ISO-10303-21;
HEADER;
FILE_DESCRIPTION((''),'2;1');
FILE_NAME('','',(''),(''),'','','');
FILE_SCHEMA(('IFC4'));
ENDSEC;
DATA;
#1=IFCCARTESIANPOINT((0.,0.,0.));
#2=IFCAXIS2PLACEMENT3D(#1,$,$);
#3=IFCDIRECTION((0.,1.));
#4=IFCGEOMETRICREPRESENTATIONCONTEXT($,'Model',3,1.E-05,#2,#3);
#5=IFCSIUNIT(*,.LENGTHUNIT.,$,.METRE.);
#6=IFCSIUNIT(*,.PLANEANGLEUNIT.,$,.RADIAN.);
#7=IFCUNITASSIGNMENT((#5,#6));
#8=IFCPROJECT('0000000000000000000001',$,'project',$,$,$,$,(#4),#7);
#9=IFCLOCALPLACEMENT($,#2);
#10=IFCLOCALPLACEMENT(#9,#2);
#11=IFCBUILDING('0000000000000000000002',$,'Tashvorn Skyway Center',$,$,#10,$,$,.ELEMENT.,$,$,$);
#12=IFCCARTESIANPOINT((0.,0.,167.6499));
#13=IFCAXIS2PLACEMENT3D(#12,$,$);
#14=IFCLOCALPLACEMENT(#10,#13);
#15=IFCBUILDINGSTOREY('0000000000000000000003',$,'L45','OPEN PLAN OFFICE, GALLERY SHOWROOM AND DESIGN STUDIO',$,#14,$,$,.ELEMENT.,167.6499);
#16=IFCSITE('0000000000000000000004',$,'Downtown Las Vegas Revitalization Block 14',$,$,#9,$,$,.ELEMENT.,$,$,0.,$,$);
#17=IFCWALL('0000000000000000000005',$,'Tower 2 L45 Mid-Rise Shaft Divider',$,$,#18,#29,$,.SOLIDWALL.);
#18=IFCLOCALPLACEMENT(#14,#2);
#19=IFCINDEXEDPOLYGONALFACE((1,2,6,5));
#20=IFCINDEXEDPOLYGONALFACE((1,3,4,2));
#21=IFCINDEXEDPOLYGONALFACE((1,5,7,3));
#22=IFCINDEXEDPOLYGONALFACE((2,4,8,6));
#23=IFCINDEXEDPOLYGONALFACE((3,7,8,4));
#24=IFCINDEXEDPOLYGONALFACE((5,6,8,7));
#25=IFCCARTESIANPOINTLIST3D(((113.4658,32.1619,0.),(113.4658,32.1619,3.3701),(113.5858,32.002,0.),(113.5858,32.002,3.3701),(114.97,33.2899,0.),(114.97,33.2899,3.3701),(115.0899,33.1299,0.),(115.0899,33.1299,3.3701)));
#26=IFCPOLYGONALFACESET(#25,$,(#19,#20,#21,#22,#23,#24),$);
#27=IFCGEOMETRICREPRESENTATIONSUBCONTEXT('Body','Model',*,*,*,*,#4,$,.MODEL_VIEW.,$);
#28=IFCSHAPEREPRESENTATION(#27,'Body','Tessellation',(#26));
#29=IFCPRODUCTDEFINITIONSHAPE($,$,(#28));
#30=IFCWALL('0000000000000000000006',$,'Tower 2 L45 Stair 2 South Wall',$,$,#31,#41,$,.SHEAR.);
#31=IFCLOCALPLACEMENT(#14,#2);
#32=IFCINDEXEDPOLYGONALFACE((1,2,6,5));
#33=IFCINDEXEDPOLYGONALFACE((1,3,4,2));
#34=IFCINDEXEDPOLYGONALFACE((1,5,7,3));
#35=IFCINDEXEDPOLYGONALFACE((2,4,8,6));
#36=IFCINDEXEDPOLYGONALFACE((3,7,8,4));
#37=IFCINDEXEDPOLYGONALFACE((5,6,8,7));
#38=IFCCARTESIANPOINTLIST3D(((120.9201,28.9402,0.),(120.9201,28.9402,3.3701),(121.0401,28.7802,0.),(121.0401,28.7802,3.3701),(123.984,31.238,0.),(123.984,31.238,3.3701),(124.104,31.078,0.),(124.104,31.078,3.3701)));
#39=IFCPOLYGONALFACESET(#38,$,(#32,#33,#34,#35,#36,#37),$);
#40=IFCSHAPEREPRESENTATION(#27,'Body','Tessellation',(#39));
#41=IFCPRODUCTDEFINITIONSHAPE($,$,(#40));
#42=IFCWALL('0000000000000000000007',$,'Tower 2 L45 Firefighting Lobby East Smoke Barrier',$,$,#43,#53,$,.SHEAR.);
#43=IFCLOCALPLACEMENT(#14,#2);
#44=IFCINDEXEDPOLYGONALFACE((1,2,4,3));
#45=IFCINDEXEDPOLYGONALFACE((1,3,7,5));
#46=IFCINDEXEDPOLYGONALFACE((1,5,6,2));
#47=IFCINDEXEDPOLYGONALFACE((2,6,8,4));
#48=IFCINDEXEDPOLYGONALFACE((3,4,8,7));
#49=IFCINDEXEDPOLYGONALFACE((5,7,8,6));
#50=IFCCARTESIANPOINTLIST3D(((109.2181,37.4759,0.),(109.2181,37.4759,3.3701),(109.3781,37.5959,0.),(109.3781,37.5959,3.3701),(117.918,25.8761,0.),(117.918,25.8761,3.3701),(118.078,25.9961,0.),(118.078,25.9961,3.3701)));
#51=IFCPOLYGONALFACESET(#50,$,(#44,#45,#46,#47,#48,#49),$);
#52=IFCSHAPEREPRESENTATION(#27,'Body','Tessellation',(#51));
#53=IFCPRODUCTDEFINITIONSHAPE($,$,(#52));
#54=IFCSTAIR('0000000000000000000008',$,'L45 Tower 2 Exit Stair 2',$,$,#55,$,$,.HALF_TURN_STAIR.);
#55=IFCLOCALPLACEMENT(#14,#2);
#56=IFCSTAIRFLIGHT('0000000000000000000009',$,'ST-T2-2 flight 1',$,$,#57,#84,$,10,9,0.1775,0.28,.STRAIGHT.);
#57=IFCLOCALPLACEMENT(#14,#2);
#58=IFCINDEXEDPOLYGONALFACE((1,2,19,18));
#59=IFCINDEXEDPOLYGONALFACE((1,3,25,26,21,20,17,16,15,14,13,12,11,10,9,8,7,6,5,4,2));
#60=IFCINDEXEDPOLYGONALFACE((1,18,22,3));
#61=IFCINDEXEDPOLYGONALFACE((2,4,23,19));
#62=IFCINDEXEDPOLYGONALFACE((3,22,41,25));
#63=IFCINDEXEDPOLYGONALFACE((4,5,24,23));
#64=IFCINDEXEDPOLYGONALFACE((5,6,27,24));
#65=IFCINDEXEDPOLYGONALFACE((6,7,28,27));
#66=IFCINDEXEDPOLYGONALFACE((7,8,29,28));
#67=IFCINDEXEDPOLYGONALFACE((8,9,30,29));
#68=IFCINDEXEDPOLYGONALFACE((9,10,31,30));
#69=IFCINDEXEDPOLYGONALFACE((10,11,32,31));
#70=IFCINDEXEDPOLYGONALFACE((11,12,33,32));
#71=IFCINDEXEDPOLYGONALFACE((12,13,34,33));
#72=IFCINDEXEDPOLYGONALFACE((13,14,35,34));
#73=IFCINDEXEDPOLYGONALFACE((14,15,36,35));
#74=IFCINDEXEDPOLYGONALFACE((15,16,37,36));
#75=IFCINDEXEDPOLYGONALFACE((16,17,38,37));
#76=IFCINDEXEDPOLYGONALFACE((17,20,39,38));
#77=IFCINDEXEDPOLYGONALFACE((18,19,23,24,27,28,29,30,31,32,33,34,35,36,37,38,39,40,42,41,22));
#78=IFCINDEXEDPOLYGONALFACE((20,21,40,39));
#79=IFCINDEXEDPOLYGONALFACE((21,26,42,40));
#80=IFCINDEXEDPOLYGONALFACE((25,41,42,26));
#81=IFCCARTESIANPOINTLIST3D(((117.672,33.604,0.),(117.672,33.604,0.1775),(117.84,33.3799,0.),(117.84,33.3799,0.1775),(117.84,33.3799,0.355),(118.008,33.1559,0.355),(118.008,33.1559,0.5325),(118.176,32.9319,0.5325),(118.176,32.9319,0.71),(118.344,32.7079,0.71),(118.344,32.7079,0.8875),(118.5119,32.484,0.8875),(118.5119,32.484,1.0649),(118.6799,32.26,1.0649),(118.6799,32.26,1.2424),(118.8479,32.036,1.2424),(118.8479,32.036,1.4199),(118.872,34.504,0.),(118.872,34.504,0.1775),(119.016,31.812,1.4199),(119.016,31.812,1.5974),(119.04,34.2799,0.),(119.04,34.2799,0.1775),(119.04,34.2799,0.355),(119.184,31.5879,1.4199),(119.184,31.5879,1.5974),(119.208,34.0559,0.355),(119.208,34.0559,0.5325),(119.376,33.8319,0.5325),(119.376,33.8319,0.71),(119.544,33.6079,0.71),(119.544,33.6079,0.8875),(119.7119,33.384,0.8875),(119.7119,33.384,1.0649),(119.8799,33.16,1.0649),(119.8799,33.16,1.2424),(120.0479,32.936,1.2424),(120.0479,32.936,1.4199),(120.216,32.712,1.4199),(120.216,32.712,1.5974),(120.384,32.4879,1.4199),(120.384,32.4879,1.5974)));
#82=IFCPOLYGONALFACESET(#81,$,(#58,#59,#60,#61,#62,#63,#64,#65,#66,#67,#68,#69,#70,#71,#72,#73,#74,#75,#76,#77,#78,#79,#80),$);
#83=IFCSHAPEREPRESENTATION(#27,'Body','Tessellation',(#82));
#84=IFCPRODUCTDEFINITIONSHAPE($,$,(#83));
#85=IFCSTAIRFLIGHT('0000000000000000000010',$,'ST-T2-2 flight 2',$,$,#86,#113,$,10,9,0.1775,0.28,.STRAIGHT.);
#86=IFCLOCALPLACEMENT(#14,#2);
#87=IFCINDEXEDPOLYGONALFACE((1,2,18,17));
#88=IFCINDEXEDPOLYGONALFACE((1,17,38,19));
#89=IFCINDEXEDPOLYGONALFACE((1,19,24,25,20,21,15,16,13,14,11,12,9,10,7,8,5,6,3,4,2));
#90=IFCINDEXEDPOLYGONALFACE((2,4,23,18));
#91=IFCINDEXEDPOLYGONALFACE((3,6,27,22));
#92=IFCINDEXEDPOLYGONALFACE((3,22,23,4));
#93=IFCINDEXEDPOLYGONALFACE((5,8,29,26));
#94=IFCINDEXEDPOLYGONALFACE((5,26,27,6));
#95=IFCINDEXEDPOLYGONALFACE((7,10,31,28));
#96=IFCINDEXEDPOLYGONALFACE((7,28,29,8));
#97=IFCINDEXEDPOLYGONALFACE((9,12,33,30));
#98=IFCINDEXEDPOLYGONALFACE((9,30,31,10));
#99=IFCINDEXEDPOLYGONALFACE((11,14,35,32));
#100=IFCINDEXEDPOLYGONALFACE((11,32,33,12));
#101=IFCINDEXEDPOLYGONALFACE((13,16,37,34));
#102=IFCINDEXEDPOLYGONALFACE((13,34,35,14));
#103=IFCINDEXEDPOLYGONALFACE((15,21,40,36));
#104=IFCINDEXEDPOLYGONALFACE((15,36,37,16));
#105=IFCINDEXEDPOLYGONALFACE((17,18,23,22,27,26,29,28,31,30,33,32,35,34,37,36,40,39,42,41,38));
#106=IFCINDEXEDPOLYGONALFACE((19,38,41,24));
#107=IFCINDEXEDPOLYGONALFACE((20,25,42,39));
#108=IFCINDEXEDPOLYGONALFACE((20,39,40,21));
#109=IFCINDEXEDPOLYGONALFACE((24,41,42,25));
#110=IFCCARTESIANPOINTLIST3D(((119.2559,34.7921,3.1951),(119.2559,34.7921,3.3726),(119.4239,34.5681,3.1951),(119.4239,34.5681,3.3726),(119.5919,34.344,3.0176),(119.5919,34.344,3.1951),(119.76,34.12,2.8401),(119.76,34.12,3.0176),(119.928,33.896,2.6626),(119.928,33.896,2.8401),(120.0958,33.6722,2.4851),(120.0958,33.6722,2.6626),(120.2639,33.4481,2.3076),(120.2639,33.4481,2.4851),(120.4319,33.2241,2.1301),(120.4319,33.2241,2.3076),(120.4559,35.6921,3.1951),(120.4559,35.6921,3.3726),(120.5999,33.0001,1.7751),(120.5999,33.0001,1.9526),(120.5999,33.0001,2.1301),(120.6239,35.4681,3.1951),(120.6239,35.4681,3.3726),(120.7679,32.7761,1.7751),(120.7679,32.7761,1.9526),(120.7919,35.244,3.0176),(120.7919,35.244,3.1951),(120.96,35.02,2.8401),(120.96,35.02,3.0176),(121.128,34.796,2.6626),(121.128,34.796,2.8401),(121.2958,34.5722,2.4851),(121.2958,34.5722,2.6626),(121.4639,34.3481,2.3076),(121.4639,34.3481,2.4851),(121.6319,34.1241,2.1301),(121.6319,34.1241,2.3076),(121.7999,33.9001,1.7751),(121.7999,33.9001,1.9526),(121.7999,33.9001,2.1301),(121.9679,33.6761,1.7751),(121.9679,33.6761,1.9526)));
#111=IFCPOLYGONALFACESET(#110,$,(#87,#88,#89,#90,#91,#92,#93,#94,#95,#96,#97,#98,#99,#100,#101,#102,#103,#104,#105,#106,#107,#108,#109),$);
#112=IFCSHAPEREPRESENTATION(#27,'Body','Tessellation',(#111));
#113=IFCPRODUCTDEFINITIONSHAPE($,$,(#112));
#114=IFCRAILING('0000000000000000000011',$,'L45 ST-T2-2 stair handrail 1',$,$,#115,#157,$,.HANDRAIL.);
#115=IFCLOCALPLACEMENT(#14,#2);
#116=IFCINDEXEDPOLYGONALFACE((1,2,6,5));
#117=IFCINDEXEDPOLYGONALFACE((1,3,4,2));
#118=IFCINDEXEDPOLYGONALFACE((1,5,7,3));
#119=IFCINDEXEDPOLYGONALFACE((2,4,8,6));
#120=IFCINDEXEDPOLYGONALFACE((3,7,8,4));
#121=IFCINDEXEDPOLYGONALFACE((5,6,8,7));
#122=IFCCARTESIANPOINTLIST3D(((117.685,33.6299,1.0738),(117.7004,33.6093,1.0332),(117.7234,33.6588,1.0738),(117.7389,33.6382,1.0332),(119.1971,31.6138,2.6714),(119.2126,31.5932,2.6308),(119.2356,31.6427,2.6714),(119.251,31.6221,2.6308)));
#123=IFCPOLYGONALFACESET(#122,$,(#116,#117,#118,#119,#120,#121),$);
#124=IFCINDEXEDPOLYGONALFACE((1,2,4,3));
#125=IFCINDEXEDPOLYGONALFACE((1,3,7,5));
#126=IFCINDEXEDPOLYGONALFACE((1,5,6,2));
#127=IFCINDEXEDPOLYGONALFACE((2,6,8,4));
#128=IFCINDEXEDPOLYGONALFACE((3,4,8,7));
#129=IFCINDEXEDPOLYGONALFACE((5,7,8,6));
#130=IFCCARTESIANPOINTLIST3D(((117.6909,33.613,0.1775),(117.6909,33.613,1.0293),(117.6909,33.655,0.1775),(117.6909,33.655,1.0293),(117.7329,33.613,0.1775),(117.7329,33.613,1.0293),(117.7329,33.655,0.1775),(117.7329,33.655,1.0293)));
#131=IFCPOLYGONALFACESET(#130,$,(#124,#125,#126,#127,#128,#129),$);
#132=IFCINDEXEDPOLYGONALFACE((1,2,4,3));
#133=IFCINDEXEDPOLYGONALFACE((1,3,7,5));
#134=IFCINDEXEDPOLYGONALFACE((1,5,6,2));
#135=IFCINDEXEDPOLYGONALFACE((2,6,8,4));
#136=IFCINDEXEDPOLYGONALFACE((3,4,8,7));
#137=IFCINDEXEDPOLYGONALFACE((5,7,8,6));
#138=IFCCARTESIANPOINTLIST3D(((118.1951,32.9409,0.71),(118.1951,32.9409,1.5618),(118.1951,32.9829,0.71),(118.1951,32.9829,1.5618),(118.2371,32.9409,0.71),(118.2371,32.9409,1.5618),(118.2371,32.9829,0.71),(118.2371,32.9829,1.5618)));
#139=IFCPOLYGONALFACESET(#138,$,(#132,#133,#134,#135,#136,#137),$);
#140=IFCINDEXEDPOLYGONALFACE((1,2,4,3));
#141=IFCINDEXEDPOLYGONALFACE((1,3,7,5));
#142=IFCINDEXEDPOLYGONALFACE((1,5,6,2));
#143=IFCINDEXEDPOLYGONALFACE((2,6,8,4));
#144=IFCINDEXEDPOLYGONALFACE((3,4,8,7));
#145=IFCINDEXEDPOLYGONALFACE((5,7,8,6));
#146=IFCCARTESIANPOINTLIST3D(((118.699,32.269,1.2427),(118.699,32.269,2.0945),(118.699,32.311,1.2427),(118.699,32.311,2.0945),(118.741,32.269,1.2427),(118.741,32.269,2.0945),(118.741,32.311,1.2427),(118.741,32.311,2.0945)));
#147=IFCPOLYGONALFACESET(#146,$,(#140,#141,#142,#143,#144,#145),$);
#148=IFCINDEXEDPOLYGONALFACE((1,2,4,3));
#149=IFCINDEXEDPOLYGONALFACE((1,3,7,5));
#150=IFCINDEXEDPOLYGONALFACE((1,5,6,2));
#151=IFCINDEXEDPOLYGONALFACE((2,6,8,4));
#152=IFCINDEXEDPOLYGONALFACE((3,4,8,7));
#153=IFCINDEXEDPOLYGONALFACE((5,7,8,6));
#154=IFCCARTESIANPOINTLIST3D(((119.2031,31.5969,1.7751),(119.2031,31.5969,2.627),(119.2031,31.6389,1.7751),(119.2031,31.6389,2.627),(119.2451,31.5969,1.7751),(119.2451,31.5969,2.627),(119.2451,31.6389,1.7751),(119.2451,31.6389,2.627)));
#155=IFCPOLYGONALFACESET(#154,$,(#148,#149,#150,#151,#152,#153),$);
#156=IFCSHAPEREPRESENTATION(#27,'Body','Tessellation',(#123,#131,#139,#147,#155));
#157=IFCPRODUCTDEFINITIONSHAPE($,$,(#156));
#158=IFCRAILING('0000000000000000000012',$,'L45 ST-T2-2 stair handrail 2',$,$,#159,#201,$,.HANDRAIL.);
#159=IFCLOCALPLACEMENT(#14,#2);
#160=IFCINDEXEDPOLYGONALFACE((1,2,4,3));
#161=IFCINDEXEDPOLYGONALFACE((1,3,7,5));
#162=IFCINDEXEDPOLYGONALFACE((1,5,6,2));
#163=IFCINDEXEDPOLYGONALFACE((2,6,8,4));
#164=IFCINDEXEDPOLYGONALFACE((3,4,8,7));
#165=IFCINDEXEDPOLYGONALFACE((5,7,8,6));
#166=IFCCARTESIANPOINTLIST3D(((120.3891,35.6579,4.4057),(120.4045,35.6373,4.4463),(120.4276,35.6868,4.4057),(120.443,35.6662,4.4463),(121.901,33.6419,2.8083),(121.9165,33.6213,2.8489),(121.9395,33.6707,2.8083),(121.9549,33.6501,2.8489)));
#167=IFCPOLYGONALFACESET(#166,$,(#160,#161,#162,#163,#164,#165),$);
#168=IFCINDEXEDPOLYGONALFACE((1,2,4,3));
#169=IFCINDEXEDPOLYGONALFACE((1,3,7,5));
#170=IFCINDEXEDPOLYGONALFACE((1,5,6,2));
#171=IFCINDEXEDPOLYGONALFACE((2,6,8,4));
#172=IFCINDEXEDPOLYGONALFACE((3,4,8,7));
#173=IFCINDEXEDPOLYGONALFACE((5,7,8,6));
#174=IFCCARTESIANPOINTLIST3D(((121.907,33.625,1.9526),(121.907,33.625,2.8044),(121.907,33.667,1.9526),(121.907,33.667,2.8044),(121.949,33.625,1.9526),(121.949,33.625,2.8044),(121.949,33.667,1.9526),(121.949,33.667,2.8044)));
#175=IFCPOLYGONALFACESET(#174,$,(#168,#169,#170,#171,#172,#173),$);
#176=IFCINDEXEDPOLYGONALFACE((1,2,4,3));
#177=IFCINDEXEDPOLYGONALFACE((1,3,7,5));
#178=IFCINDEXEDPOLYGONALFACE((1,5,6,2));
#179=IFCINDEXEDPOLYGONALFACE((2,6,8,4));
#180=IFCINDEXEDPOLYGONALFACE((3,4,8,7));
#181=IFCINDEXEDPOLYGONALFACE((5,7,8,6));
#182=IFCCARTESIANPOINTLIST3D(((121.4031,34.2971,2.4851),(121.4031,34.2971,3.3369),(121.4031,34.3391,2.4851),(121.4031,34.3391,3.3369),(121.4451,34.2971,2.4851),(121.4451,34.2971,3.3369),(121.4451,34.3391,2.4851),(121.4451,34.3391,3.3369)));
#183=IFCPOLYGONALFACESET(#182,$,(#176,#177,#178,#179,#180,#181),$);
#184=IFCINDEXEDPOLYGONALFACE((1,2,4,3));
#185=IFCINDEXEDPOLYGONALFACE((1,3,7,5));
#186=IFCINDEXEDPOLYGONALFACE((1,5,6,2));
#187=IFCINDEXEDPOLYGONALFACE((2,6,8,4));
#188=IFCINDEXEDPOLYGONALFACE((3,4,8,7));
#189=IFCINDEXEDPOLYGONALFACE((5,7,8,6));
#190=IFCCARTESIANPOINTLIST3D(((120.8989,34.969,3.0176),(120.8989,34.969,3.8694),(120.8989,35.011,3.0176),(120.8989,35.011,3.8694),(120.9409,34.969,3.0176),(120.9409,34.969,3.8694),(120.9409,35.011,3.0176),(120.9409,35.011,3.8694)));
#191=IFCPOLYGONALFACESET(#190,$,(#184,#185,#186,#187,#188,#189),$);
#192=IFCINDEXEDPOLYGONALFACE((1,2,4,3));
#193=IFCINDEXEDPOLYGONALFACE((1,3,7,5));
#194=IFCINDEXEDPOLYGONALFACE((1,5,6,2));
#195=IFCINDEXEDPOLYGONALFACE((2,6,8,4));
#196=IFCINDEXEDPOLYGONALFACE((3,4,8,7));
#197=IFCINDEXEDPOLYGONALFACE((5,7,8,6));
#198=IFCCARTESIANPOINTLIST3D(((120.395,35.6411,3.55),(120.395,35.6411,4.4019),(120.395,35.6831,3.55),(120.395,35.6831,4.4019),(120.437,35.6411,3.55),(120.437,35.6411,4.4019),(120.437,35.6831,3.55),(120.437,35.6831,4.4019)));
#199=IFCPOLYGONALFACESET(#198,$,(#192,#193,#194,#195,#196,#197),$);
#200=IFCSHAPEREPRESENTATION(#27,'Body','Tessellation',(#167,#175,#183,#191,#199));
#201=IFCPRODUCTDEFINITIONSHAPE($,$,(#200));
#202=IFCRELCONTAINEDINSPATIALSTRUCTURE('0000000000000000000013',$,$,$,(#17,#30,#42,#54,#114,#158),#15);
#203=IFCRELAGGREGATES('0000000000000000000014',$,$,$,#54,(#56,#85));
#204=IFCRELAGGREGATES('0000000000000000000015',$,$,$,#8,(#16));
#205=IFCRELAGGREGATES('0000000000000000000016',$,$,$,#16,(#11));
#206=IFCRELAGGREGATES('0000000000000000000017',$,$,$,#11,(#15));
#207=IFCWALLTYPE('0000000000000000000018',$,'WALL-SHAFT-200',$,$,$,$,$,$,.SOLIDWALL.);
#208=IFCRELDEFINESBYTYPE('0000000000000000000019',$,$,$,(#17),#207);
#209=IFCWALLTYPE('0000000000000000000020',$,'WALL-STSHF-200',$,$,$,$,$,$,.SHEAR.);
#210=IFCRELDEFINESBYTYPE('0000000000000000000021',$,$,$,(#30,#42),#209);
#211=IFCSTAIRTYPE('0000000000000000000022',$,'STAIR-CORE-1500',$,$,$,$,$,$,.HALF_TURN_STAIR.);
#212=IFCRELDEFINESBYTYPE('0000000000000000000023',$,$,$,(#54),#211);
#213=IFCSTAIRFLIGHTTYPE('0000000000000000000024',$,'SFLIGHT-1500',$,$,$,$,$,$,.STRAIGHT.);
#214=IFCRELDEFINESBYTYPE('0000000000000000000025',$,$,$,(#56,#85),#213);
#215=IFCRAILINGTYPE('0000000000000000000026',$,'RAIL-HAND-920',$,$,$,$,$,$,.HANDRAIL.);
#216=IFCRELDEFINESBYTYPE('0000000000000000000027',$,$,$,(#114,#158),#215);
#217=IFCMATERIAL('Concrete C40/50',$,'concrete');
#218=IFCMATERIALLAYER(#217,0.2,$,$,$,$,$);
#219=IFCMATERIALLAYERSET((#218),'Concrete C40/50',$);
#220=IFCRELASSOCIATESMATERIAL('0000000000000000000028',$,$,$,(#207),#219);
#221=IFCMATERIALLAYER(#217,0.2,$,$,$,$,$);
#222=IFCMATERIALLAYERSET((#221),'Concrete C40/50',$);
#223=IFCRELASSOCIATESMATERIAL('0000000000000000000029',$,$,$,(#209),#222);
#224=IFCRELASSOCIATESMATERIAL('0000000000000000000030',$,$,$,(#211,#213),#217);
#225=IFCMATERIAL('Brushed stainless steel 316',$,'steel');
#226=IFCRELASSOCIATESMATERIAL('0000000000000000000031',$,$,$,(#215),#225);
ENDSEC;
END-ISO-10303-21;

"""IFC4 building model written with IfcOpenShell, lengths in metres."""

from ifc_helpers import new_model, si_unit, direction, frame, frame_2d, origin, origin_2d, place, context, subcontext, project, spatial, polyline, rectangle, outline, extrude, material, layer, layer_set, type_object, element, aggregate, save


model = new_model("IFC4")

# Units and contexts
model_context = context("Model", 3, precision=1e-05, world=origin(), true_north=direction((0.0, 1.0)))
body_context = subcontext(model_context, "Body", "Model", "MODEL_VIEW")
ifc_project = project(units=[si_unit("LENGTHUNIT", "METRE"), si_unit("PLANEANGLEUNIT", "RADIAN")], contexts=[model_context])

# Site, building, storey
site_placement = place(None, origin())
site = spatial("IfcSite", under=ifc_project, at=site_placement, Name="Downtown Las Vegas Revitalization Block 14", CompositionType="ELEMENT", RefElevation=0.0)
building_placement = place(site_placement, origin())
building = spatial("IfcBuilding", under=site, at=building_placement, Name="Tashvorn Skyway Center", CompositionType="ELEMENT")
storey_placement = place(building_placement, frame((0.0, 0.0, 167.6499)))
storey = spatial("IfcBuildingStorey", under=building, at=storey_placement, Name="L45", Description="OPEN PLAN OFFICE, GALLERY SHOWROOM AND DESIGN STUDIO", CompositionType="ELEMENT", Elevation=167.6499)

# Shared definitions
ifc_material_1 = material(Name="Concrete C40/50", Category="concrete")
ifc_layer_1 = layer(ifc_material_1, 0.2)
ifc_layer_set_1 = layer_set([ifc_layer_1], Name="Concrete C40/50")
wall_type_1 = type_object("IfcWallType", Name="WALL-SHAFT-200", PredefinedType="SOLIDWALL", material=ifc_layer_set_1)

# Walls
wall_1_placement = place(storey_placement, frame((113.5259, 32.082, 0.0), z_axis=(0.0, 0.0, 1.0), x_axis=(0.800047, 0.599938, 0.0)))
element("IfcWall", 1, at=wall_1_placement, inside=storey, type_object=wall_type_1, Name="Tower 2 L45 Mid-Rise Shaft Divider", PredefinedType="SOLIDWALL", context=body_context, shape_type="SweptSolid", body=[
    extrude(rectangle(XDim=1.8801, YDim=0.2, at=frame_2d((0.9399, 0.0))), origin(), (0.0, 0.0, 1.0), 3.3701),
])
ifc_layer_2 = layer(ifc_material_1, 0.2)
ifc_layer_set_2 = layer_set([ifc_layer_2], Name="Concrete C40/50")
wall_type_2 = type_object("IfcWallType", Name="WALL-STSHF-200", PredefinedType="SHEAR", material=ifc_layer_set_2)
wall_2_placement = place(storey_placement, frame((120.98, 28.8601, 0.0), z_axis=(0.0, 0.0, 1.0), x_axis=(0.800015, 0.59998, 0.0)))
element("IfcWall", 2, at=wall_2_placement, inside=storey, type_object=wall_type_2, Name="Tower 2 L45 Stair 2 South Wall", PredefinedType="SHEAR", context=body_context, shape_type="SweptSolid", body=[
    extrude(rectangle(XDim=3.8298, YDim=0.2, at=frame_2d((1.915, 0.0))), origin(), (0.0, 0.0, 1.0), 3.3701),
])
wall_3_placement = place(storey_placement, frame((117.998, 25.936, 0.0), z_axis=(0.0, 0.0, 1.0), x_axis=(-0.600003, 0.799998, 0.0)))
element("IfcWall", 3, at=wall_3_placement, inside=storey, type_object=wall_type_2, Name="Tower 2 L45 Firefighting Lobby East Smoke Barrier", PredefinedType="SHEAR", context=body_context, shape_type="SweptSolid", body=[
    extrude(rectangle(XDim=14.4998, YDim=0.2, at=frame_2d((7.25, 0.0))), origin(), (0.0, 0.0, 1.0), 3.3701),
])

# Stair, stair flights
stair_type = type_object("IfcStairType", Name="STAIR-CORE-1500", PredefinedType="HALF_TURN_STAIR", material=ifc_material_1)
stair_placement = place(storey_placement, origin())
stair = element("IfcStair", 4, at=stair_placement, inside=storey, type_object=stair_type, Name="L45 Tower 2 Exit Stair 2", PredefinedType="HALF_TURN_STAIR")
stair_flight_type = type_object("IfcStairFlightType", Name="SFLIGHT-1500", PredefinedType="STRAIGHT", material=ifc_material_1)
stair_flight_1_placement = place(storey_placement, frame((118.272, 34.054, 0.0), z_axis=(0.0, 0.0, 1.0), x_axis=(0.6, -0.8, 0.0)))
stair_flight_1 = element("IfcStairFlight", 5, at=stair_flight_1_placement, type_object=stair_flight_type, Name="ST-T2-2 flight 1", NumberOfRisers=10, NumberOfTreads=9, PredefinedType="STRAIGHT", RiserHeight=0.1775, TreadLength=0.28, context=body_context, shape_type="SweptSolid", body=[
    extrude(outline(polyline([(0.0, 0.0), (0.0, 0.1775), (0.28, 0.1775), (0.28, 0.355), (0.5601, 0.355), (0.5601, 0.5325), (0.8401, 0.5325), (0.8401, 0.71), (1.1201, 0.71), (1.1201, 0.8875), (1.3999, 0.8875), (1.3999, 1.0649), (1.6799, 1.0649), (1.6799, 1.2424), (1.96, 1.2424), (1.96, 1.4199), (2.24, 1.4199), (2.24, 1.5974), (2.52, 1.5974), (2.52, 1.7749), (2.52, 1.4199), (0.28, 0.0), (0.0, 0.0)])), frame((0.0, 0.75, 0.0), z_axis=(0.0, -1.0, 0.0), x_axis=(1.0, 0.0, 0.0)), (0.0, 0.0, 1.0), 1.5),
])
stair_flight_2_placement = place(storey_placement, frame((121.3679, 33.2261, 1.7751), z_axis=(0.0, 0.0, 1.0), x_axis=(-0.6, 0.8, 0.0)))
stair_flight_2 = element("IfcStairFlight", 6, at=stair_flight_2_placement, type_object=stair_flight_type, Name="ST-T2-2 flight 2", NumberOfRisers=10, NumberOfTreads=9, PredefinedType="STRAIGHT", RiserHeight=0.1775, TreadLength=0.28, context=body_context, shape_type="SweptSolid", body=[
    extrude(outline(polyline([(0.0, 0.0), (0.0, 0.1775), (0.28, 0.1775), (0.28, 0.355), (0.5601, 0.355), (0.5601, 0.5325), (0.8401, 0.5325), (0.8401, 0.71), (1.1201, 0.71), (1.1201, 0.8875), (1.3999, 0.8875), (1.3999, 1.0649), (1.6799, 1.0649), (1.6799, 1.2424), (1.96, 1.2424), (1.96, 1.4199), (2.24, 1.4199), (2.24, 1.5974), (2.52, 1.5974), (2.52, 1.7749), (2.52, 1.4199), (0.28, 0.0), (0.0, 0.0)])), frame((0.0, 0.75, 0.0), z_axis=(0.0, -1.0, 0.0), x_axis=(1.0, 0.0, 0.0)), (0.0, 0.0, 1.0), 1.5),
])
aggregate(stair, [stair_flight_1, stair_flight_2])

# Railings
ifc_material_2 = material(Name="Brushed stainless steel 316", Category="steel")
railing_type_1 = type_object("IfcRailingType", Name="RAIL-HAND-920", PredefinedType="HANDRAIL", material=ifc_material_2)
railing_1_placement = place(storey_placement, frame((117.7119, 33.634, 0.1775)))
element("IfcRailing", 7, at=railing_1_placement, inside=storey, type_object=railing_type_1, Name="L45 ST-T2-2 stair handrail 1", PredefinedType="HANDRAIL", context=body_context, shape_type="SweptSolid", body=[
    extrude(rectangle(XDim=0.0481, YDim=0.0481, at=origin_2d()), frame((0.0, 0.0, 0.876), z_axis=(0.506779, -0.675651, 0.535416), x_axis=(0.799977, 0.600031, 0.0)), (0.0, 0.0, 1.0), 2.9839),
    extrude(rectangle(XDim=0.042, YDim=0.042, at=origin_2d()), origin(), (0.0, 0.0, 1.0), 0.8518),
    extrude(rectangle(XDim=0.042, YDim=0.042, at=origin_2d()), frame((0.5042, -0.6721, 0.5325)), (0.0, 0.0, 1.0), 0.8518),
    extrude(rectangle(XDim=0.042, YDim=0.042, at=origin_2d()), frame((1.0081, -1.344, 1.0652)), (0.0, 0.0, 1.0), 0.8518),
    extrude(rectangle(XDim=0.042, YDim=0.042, at=origin_2d()), frame((1.5122, -2.0161, 1.5977)), (0.0, 0.0, 1.0), 0.8518),
])
railing_2_placement = place(storey_placement, frame((121.928, 33.646, 1.9526)))
element("IfcRailing", 8, at=railing_2_placement, inside=storey, type_object=railing_type_1, Name="L45 ST-T2-2 stair handrail 2", PredefinedType="HANDRAIL", context=body_context, shape_type="SweptSolid", body=[
    extrude(rectangle(XDim=0.0481, YDim=0.0481, at=origin_2d()), frame((0.0, 0.0, 0.876), z_axis=(-0.506741, 0.675709, 0.535379), x_axis=(-0.800023, -0.599969, 0.0)), (0.0, 0.0, 1.0), 2.9836),
    extrude(rectangle(XDim=0.042, YDim=0.042, at=origin_2d()), origin(), (0.0, 0.0, 1.0), 0.8518),
    extrude(rectangle(XDim=0.042, YDim=0.042, at=origin_2d()), frame((-0.5039, 0.6721, 0.5325)), (0.0, 0.0, 1.0), 0.8518),
    extrude(rectangle(XDim=0.042, YDim=0.042, at=origin_2d()), frame((-1.0081, 1.344, 1.0649)), (0.0, 0.0, 1.0), 0.8518),
    extrude(rectangle(XDim=0.042, YDim=0.042, at=origin_2d()), frame((-1.512, 2.0161, 1.5974)), (0.0, 0.0, 1.0), 0.8518),
])

save(model, "model.ifc")
